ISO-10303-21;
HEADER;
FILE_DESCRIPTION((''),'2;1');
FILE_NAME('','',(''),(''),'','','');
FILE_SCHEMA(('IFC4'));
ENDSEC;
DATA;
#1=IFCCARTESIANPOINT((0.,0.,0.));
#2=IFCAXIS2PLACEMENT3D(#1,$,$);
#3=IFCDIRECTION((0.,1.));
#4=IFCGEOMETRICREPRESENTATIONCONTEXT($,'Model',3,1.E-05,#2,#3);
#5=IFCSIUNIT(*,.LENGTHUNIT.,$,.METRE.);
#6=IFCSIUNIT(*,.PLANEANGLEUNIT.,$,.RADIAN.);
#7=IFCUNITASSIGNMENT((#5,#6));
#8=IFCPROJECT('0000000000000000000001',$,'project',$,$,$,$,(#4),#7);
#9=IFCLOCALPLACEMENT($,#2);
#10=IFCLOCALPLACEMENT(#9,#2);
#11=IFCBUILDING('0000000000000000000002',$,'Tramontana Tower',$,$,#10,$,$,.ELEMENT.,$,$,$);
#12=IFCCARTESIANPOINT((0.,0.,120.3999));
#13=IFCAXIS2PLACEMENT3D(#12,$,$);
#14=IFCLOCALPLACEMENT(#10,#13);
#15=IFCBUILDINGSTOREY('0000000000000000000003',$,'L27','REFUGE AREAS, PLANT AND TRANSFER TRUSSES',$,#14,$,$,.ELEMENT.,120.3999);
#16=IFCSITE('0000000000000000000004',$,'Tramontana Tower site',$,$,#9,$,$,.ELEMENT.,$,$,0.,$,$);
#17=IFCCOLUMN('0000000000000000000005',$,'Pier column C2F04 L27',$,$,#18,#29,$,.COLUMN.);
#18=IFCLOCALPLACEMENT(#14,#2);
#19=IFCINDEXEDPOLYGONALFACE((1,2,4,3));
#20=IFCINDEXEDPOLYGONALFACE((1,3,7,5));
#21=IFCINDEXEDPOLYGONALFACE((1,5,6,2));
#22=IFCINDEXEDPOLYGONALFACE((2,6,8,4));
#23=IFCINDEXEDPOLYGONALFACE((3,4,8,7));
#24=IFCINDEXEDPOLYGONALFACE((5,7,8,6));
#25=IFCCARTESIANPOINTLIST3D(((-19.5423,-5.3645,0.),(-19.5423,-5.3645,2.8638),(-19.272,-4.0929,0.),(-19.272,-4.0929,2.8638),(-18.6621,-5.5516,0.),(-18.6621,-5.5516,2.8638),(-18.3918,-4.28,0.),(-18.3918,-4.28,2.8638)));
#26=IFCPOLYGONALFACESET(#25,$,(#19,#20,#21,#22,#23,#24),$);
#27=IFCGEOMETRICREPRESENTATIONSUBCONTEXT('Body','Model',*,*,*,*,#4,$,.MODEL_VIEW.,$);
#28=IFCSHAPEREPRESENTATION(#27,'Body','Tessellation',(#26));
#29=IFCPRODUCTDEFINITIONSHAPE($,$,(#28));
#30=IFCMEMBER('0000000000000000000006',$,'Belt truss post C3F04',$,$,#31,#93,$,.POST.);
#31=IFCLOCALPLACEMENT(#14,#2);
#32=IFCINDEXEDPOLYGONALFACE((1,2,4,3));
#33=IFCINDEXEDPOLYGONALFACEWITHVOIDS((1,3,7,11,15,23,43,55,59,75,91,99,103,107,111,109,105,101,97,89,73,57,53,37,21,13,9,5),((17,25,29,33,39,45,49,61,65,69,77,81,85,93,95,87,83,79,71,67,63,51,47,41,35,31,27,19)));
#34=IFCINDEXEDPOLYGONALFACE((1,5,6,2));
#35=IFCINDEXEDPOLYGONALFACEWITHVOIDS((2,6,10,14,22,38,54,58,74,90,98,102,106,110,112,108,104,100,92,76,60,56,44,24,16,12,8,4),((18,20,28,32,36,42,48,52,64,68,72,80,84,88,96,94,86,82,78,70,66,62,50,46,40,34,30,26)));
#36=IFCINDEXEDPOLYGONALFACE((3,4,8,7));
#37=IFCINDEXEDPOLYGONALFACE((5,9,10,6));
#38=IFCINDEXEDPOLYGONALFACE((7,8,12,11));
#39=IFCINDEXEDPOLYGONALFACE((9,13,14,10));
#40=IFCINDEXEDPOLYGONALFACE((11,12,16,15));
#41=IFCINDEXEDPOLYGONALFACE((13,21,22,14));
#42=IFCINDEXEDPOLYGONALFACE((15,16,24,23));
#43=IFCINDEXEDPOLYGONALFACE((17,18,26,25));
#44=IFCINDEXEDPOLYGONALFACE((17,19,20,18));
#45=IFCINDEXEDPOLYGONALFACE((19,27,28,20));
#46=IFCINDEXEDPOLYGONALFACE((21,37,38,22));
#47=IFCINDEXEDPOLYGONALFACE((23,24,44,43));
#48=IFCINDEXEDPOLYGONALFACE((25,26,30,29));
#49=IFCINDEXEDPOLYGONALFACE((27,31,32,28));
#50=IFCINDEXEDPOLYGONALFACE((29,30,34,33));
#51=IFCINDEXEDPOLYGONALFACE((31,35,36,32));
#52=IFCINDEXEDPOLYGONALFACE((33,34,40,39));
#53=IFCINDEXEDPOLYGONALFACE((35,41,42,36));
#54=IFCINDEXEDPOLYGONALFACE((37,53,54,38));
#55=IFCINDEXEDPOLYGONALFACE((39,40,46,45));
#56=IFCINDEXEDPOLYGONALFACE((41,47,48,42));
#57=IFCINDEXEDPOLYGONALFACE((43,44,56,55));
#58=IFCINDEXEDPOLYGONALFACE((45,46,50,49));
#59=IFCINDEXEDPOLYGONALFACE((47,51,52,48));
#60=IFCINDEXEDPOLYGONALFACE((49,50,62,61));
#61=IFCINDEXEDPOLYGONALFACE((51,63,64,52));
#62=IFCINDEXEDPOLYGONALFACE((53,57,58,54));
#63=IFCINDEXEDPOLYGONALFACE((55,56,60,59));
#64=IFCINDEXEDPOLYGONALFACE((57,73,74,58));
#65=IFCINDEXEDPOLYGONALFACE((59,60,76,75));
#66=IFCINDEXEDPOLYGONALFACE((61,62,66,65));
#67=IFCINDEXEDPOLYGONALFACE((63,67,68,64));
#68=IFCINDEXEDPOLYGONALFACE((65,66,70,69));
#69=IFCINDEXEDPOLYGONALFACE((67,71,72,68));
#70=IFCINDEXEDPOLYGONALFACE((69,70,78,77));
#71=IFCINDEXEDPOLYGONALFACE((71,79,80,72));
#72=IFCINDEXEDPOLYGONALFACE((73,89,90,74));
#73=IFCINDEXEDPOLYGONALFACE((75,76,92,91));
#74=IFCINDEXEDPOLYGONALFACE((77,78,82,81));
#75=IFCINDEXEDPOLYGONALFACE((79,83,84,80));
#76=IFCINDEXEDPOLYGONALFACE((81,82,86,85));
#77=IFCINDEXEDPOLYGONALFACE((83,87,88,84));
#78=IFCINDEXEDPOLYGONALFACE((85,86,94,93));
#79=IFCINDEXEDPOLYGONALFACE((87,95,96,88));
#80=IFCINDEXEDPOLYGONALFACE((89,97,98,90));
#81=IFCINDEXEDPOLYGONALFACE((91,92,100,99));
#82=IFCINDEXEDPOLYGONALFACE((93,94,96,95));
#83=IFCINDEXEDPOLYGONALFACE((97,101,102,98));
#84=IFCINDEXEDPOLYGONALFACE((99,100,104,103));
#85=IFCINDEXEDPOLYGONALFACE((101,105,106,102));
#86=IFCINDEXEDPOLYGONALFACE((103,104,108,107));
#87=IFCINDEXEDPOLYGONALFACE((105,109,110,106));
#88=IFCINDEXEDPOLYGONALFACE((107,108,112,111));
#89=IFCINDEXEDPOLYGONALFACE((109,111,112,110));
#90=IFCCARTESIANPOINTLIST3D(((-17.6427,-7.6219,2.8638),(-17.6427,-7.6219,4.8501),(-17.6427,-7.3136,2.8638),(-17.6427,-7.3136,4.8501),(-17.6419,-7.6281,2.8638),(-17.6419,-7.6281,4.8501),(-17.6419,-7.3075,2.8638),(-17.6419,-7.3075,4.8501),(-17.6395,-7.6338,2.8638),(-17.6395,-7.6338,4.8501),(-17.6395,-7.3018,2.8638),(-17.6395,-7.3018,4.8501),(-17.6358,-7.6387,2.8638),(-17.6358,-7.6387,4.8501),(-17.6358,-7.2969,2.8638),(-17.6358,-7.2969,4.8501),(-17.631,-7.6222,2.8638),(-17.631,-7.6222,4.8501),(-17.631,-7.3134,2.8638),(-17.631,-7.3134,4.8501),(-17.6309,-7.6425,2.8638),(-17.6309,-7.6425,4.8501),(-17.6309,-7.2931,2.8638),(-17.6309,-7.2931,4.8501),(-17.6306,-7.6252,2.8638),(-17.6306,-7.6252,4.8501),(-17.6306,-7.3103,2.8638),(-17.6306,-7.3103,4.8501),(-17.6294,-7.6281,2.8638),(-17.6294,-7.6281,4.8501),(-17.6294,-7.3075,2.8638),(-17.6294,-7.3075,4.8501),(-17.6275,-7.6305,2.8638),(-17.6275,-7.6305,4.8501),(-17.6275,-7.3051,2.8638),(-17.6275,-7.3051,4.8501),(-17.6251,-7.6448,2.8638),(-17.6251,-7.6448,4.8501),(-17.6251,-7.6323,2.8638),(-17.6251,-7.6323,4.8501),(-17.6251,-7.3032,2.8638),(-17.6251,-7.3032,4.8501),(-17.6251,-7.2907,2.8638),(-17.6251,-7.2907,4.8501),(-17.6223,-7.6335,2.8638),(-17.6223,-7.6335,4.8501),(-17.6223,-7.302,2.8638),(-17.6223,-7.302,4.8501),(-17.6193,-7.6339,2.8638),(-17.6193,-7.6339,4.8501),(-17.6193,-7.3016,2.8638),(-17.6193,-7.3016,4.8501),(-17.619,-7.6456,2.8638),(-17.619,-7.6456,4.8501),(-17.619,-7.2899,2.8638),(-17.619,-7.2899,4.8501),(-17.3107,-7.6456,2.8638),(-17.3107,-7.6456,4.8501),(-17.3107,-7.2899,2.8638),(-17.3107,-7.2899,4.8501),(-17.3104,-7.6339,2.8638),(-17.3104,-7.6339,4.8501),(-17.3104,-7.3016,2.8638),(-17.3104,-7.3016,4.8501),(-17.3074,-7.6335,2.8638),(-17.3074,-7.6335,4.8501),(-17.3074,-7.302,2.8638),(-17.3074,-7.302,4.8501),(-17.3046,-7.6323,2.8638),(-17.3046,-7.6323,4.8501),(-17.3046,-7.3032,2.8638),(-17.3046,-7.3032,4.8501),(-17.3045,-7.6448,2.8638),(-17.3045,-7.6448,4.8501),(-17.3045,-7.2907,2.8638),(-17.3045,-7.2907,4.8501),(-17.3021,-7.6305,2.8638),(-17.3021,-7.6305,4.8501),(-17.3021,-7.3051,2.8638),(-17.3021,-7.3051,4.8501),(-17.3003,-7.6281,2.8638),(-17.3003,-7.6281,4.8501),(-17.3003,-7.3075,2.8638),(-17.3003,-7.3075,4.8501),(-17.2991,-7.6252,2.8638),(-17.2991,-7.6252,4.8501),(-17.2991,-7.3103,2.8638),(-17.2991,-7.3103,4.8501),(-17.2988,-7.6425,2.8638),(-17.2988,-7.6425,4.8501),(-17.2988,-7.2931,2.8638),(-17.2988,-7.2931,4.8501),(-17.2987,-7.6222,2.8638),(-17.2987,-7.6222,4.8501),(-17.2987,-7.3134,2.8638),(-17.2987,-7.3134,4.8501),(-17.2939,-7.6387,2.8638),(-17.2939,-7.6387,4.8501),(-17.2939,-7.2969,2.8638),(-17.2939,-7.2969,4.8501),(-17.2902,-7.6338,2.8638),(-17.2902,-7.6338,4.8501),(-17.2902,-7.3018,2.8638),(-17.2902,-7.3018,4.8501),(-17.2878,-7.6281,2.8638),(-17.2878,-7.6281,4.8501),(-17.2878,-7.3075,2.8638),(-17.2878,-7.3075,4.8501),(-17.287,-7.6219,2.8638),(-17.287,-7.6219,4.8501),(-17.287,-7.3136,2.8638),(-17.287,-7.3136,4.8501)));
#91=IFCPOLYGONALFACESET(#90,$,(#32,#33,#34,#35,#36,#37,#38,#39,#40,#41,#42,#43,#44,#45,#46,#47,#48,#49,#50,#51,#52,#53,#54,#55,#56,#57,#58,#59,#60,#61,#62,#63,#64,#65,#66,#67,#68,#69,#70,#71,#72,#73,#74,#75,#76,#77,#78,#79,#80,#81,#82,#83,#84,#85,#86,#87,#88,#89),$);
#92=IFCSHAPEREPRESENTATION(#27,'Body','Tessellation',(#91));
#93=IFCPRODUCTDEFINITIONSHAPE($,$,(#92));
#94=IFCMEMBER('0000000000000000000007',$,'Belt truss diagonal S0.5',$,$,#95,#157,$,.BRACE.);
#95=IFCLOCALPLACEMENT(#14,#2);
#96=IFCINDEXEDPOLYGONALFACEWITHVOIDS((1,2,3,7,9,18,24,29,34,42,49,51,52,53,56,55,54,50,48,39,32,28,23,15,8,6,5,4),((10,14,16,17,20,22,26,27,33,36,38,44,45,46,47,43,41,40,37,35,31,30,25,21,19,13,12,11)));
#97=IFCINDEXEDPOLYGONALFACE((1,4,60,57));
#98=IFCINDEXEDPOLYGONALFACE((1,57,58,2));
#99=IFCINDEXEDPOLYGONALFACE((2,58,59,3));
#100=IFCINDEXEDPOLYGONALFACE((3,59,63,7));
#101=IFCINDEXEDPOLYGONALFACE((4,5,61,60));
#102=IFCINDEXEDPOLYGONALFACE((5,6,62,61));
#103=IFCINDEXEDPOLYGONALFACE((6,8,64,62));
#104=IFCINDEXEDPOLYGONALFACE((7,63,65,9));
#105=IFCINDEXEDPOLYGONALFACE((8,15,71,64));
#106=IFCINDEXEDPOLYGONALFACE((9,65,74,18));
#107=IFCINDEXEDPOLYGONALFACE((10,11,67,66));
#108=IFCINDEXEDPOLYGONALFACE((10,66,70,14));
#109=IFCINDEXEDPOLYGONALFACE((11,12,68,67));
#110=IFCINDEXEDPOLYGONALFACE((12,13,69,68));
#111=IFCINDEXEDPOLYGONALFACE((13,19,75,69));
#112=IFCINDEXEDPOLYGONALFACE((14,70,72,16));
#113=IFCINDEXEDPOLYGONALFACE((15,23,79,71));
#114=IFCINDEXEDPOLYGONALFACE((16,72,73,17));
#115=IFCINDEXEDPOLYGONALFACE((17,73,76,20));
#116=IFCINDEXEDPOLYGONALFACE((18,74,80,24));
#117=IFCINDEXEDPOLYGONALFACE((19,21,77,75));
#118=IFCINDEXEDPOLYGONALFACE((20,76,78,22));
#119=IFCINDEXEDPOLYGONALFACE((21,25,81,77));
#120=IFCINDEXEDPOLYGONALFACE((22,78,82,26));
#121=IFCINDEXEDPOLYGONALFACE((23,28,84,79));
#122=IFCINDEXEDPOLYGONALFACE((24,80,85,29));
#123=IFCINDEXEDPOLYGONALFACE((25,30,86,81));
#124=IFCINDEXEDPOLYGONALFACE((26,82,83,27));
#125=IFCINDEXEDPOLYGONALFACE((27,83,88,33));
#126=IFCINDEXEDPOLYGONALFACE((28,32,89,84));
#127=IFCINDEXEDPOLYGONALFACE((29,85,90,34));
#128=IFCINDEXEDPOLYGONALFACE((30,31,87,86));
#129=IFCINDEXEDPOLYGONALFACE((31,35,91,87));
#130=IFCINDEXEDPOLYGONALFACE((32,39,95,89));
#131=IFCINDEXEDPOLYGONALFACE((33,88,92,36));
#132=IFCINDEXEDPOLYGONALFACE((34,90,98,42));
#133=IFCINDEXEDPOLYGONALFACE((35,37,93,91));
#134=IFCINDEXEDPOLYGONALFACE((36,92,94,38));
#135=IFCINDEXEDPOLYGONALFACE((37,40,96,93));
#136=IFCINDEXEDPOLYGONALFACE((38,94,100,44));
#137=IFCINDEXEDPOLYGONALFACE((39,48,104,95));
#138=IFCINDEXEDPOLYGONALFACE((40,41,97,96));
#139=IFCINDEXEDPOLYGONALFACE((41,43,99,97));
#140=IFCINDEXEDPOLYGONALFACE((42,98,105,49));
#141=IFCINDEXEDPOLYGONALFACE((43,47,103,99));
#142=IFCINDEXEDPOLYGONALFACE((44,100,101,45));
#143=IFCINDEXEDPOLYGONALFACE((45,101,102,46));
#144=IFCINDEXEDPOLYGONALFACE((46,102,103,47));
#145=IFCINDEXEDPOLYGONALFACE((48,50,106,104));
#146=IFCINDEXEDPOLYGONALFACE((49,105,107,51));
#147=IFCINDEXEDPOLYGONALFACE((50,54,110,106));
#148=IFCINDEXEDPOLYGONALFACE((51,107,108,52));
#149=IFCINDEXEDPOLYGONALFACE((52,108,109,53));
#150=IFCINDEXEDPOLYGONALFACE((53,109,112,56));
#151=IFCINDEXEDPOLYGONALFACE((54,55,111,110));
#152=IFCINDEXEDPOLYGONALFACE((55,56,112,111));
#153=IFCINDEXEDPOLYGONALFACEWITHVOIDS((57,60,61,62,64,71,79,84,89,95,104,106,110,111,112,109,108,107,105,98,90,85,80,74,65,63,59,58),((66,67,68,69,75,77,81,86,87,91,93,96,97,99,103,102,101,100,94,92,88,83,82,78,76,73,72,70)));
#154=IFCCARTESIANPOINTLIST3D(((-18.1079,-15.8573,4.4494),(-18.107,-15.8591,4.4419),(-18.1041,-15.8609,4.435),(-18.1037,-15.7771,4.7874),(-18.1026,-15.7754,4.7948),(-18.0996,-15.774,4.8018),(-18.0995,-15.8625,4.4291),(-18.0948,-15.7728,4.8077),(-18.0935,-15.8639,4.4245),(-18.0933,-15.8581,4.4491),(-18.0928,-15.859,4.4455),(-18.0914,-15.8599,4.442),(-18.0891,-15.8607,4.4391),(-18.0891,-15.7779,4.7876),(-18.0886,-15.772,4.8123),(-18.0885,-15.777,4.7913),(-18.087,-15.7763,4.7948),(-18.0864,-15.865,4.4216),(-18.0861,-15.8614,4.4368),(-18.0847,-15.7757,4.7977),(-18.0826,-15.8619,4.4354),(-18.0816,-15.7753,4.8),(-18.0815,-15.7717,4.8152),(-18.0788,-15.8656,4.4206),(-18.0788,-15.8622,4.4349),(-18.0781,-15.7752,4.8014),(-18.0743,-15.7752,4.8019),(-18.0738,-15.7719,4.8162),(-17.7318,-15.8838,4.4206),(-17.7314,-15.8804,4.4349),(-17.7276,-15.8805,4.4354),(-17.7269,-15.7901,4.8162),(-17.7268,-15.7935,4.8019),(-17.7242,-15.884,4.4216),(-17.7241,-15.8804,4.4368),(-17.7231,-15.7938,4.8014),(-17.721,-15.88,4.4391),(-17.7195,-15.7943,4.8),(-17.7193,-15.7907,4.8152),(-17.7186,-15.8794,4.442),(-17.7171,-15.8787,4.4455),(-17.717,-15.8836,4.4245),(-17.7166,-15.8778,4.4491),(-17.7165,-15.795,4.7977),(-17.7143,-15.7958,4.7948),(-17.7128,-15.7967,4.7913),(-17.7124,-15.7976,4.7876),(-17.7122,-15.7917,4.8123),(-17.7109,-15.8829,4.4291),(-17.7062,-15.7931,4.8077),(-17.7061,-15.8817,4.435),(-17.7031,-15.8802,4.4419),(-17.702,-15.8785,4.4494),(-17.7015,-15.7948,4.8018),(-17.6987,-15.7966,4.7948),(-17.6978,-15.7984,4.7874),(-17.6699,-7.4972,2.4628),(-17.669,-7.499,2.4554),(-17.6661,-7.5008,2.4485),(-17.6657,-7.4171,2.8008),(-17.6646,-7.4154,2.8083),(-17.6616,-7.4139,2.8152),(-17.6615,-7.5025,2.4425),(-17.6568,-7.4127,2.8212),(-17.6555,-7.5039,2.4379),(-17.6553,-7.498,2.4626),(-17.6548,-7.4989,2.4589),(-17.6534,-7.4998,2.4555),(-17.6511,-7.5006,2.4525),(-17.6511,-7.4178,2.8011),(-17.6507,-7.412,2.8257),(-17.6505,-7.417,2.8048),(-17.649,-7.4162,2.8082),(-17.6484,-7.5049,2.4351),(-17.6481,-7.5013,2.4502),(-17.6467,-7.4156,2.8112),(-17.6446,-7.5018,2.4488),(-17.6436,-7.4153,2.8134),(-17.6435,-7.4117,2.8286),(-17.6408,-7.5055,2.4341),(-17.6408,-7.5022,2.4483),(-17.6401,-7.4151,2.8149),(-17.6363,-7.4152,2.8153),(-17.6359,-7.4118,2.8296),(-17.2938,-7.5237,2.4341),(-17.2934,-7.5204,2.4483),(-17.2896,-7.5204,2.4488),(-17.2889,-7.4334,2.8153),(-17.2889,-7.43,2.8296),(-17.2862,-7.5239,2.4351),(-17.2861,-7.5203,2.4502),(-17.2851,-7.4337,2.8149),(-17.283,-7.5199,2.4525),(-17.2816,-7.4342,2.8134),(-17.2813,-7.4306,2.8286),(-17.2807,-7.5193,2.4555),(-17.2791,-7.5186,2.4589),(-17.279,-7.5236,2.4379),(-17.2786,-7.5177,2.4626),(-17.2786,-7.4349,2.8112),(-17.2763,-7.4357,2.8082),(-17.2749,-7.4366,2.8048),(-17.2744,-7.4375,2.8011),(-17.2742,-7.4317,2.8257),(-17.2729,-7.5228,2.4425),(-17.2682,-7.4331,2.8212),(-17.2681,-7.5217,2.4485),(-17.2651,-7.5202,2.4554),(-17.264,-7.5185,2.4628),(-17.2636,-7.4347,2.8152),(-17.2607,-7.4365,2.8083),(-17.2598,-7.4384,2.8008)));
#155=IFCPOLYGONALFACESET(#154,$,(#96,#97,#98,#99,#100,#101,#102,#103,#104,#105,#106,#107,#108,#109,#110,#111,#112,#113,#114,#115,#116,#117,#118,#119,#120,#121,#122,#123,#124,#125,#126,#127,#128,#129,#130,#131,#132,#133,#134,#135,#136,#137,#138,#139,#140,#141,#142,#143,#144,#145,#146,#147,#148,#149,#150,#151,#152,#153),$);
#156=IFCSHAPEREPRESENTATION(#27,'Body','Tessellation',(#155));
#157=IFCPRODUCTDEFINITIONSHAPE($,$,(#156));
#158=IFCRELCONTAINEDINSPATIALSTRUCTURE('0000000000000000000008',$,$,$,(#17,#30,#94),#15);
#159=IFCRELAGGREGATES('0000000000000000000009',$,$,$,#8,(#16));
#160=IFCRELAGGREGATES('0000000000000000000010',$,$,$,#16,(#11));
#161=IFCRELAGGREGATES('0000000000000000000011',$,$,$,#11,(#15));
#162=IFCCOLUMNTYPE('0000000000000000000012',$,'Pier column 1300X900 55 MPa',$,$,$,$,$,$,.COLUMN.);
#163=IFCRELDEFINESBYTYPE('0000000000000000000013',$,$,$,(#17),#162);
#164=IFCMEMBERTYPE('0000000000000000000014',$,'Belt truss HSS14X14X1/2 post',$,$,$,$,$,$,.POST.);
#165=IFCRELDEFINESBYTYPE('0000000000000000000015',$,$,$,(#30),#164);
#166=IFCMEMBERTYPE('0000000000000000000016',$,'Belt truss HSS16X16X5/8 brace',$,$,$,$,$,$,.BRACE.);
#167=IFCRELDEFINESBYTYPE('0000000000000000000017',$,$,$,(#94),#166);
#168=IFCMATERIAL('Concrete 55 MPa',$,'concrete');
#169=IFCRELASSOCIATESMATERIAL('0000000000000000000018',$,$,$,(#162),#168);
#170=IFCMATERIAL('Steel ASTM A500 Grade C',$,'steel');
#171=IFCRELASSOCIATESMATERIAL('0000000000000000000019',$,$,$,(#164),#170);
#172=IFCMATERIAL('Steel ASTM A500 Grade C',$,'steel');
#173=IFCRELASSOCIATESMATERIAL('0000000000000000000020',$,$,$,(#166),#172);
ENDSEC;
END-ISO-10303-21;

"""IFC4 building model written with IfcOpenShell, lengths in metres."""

from ifc_helpers import new_model, si_unit, direction, frame, origin, origin_2d, place, context, subcontext, project, spatial, rectangle, hollow_rectangle, extrude, material, material_profile, profile_set, type_object, element, save


model = new_model("IFC4")

# Units and contexts
model_context = context("Model", 3, precision=1e-05, world=origin(), true_north=direction((0.0, 1.0)))
body_context = subcontext(model_context, "Body", "Model", "MODEL_VIEW")
ifc_project = project(units=[si_unit("LENGTHUNIT", "METRE"), si_unit("PLANEANGLEUNIT", "RADIAN")], contexts=[model_context])

# Site, building, storey
site_placement = place(None, origin())
site = spatial("IfcSite", under=ifc_project, at=site_placement, Name="Tramontana Tower site", CompositionType="ELEMENT", RefElevation=0.0)
building_placement = place(site_placement, origin())
building = spatial("IfcBuilding", under=site, at=building_placement, Name="Tramontana Tower", CompositionType="ELEMENT")
storey_placement = place(building_placement, frame((0.0, 0.0, 120.3999)))
storey = spatial("IfcBuildingStorey", under=building, at=storey_placement, Name="L27", Description="REFUGE AREAS, PLANT AND TRANSFER TRUSSES", CompositionType="ELEMENT", Elevation=120.3999)

# Column
ifc_material_1 = material(Name="Concrete 55 MPa", Category="concrete")
ifc_material_profile_1 = material_profile(ifc_material_1, rectangle(XDim=1.3, YDim=0.8999, at=origin_2d()), Name="Pier column 1300X900 55 MPa")
ifc_profile_set_1 = profile_set([ifc_material_profile_1], Name="Concrete 55 MPa")
column_type = type_object("IfcColumnType", Name="Pier column 1300X900 55 MPa", PredefinedType="COLUMN", material=ifc_profile_set_1)
column_placement = place(storey_placement, frame((-18.967, -4.8223, 0.0), z_axis=(0.0, 0.0, 1.0), x_axis=(-0.207912, -0.978148, 0.0)))
element("IfcColumn", 1, at=column_placement, inside=storey, type_object=column_type, Name="Pier column C2F04 L27", PredefinedType="COLUMN", context=body_context, shape_type="SweptSolid", body=[
    extrude(rectangle(XDim=1.3, YDim=0.8999, at=origin_2d()), origin(), (0.0, 0.0, 1.0), 2.8638),
])

# Members
ifc_material_2 = material(Name="Steel ASTM A500 Grade C", Category="steel")
ifc_material_profile_2 = material_profile(ifc_material_2, hollow_rectangle(XDim=0.3557, YDim=0.3557, WallThickness=0.0117, InnerFilletRadius=0.0117, OuterFilletRadius=0.0237, at=origin_2d()), Name="HSS14X14X1/2")
ifc_profile_set_2 = profile_set([ifc_material_profile_2], Name="Steel ASTM A500 Grade C")
member_type_1 = type_object("IfcMemberType", Name="Belt truss HSS14X14X1/2 post", PredefinedType="POST", material=ifc_profile_set_2)
member_1_placement = place(storey_placement, frame((-17.4648, -7.4678, 2.8638), z_axis=(0.0, 0.0, 1.0), x_axis=(1.0, 0.0, 0.0)))
element("IfcMember", 2, at=member_1_placement, inside=storey, type_object=member_type_1, Name="Belt truss post C3F04", PredefinedType="POST", context=body_context, shape_type="SweptSolid", body=[
    extrude(hollow_rectangle(XDim=0.3557, YDim=0.3557, WallThickness=0.0117, InnerFilletRadius=0.0117, OuterFilletRadius=0.0237, at=origin_2d()), origin(), (0.0, 0.0, 1.0), 1.9863),
])
ifc_material_3 = material(Name="Steel ASTM A500 Grade C", Category="steel")
ifc_material_profile_3 = material_profile(ifc_material_3, hollow_rectangle(XDim=0.4065, YDim=0.4065, WallThickness=0.0146, InnerFilletRadius=0.0146, OuterFilletRadius=0.0295, at=origin_2d()), Name="HSS16X16X5/8")
ifc_profile_set_3 = profile_set([ifc_material_profile_3], Name="Steel ASTM A500 Grade C")
member_type_2 = type_object("IfcMemberType", Name="Belt truss HSS16X16X5/8 brace", PredefinedType="BRACE", material=ifc_profile_set_3)
member_2_placement = place(storey_placement, frame((-17.4648, -7.4678, 2.6318), z_axis=(-0.050905, -0.971648, 0.230888), x_axis=(0.99863, -0.052319, 0.0)))
element("IfcMember", 3, at=member_2_placement, inside=storey, type_object=member_type_2, Name="Belt truss diagonal S0.5", PredefinedType="BRACE", context=body_context, shape_type="SweptSolid", body=[
    extrude(hollow_rectangle(XDim=0.4065, YDim=0.4065, WallThickness=0.0146, InnerFilletRadius=0.0146, OuterFilletRadius=0.0295, at=origin_2d()), origin(), (0.0, 0.0, 1.0), 8.604),
])

save(model, "model.ifc")
